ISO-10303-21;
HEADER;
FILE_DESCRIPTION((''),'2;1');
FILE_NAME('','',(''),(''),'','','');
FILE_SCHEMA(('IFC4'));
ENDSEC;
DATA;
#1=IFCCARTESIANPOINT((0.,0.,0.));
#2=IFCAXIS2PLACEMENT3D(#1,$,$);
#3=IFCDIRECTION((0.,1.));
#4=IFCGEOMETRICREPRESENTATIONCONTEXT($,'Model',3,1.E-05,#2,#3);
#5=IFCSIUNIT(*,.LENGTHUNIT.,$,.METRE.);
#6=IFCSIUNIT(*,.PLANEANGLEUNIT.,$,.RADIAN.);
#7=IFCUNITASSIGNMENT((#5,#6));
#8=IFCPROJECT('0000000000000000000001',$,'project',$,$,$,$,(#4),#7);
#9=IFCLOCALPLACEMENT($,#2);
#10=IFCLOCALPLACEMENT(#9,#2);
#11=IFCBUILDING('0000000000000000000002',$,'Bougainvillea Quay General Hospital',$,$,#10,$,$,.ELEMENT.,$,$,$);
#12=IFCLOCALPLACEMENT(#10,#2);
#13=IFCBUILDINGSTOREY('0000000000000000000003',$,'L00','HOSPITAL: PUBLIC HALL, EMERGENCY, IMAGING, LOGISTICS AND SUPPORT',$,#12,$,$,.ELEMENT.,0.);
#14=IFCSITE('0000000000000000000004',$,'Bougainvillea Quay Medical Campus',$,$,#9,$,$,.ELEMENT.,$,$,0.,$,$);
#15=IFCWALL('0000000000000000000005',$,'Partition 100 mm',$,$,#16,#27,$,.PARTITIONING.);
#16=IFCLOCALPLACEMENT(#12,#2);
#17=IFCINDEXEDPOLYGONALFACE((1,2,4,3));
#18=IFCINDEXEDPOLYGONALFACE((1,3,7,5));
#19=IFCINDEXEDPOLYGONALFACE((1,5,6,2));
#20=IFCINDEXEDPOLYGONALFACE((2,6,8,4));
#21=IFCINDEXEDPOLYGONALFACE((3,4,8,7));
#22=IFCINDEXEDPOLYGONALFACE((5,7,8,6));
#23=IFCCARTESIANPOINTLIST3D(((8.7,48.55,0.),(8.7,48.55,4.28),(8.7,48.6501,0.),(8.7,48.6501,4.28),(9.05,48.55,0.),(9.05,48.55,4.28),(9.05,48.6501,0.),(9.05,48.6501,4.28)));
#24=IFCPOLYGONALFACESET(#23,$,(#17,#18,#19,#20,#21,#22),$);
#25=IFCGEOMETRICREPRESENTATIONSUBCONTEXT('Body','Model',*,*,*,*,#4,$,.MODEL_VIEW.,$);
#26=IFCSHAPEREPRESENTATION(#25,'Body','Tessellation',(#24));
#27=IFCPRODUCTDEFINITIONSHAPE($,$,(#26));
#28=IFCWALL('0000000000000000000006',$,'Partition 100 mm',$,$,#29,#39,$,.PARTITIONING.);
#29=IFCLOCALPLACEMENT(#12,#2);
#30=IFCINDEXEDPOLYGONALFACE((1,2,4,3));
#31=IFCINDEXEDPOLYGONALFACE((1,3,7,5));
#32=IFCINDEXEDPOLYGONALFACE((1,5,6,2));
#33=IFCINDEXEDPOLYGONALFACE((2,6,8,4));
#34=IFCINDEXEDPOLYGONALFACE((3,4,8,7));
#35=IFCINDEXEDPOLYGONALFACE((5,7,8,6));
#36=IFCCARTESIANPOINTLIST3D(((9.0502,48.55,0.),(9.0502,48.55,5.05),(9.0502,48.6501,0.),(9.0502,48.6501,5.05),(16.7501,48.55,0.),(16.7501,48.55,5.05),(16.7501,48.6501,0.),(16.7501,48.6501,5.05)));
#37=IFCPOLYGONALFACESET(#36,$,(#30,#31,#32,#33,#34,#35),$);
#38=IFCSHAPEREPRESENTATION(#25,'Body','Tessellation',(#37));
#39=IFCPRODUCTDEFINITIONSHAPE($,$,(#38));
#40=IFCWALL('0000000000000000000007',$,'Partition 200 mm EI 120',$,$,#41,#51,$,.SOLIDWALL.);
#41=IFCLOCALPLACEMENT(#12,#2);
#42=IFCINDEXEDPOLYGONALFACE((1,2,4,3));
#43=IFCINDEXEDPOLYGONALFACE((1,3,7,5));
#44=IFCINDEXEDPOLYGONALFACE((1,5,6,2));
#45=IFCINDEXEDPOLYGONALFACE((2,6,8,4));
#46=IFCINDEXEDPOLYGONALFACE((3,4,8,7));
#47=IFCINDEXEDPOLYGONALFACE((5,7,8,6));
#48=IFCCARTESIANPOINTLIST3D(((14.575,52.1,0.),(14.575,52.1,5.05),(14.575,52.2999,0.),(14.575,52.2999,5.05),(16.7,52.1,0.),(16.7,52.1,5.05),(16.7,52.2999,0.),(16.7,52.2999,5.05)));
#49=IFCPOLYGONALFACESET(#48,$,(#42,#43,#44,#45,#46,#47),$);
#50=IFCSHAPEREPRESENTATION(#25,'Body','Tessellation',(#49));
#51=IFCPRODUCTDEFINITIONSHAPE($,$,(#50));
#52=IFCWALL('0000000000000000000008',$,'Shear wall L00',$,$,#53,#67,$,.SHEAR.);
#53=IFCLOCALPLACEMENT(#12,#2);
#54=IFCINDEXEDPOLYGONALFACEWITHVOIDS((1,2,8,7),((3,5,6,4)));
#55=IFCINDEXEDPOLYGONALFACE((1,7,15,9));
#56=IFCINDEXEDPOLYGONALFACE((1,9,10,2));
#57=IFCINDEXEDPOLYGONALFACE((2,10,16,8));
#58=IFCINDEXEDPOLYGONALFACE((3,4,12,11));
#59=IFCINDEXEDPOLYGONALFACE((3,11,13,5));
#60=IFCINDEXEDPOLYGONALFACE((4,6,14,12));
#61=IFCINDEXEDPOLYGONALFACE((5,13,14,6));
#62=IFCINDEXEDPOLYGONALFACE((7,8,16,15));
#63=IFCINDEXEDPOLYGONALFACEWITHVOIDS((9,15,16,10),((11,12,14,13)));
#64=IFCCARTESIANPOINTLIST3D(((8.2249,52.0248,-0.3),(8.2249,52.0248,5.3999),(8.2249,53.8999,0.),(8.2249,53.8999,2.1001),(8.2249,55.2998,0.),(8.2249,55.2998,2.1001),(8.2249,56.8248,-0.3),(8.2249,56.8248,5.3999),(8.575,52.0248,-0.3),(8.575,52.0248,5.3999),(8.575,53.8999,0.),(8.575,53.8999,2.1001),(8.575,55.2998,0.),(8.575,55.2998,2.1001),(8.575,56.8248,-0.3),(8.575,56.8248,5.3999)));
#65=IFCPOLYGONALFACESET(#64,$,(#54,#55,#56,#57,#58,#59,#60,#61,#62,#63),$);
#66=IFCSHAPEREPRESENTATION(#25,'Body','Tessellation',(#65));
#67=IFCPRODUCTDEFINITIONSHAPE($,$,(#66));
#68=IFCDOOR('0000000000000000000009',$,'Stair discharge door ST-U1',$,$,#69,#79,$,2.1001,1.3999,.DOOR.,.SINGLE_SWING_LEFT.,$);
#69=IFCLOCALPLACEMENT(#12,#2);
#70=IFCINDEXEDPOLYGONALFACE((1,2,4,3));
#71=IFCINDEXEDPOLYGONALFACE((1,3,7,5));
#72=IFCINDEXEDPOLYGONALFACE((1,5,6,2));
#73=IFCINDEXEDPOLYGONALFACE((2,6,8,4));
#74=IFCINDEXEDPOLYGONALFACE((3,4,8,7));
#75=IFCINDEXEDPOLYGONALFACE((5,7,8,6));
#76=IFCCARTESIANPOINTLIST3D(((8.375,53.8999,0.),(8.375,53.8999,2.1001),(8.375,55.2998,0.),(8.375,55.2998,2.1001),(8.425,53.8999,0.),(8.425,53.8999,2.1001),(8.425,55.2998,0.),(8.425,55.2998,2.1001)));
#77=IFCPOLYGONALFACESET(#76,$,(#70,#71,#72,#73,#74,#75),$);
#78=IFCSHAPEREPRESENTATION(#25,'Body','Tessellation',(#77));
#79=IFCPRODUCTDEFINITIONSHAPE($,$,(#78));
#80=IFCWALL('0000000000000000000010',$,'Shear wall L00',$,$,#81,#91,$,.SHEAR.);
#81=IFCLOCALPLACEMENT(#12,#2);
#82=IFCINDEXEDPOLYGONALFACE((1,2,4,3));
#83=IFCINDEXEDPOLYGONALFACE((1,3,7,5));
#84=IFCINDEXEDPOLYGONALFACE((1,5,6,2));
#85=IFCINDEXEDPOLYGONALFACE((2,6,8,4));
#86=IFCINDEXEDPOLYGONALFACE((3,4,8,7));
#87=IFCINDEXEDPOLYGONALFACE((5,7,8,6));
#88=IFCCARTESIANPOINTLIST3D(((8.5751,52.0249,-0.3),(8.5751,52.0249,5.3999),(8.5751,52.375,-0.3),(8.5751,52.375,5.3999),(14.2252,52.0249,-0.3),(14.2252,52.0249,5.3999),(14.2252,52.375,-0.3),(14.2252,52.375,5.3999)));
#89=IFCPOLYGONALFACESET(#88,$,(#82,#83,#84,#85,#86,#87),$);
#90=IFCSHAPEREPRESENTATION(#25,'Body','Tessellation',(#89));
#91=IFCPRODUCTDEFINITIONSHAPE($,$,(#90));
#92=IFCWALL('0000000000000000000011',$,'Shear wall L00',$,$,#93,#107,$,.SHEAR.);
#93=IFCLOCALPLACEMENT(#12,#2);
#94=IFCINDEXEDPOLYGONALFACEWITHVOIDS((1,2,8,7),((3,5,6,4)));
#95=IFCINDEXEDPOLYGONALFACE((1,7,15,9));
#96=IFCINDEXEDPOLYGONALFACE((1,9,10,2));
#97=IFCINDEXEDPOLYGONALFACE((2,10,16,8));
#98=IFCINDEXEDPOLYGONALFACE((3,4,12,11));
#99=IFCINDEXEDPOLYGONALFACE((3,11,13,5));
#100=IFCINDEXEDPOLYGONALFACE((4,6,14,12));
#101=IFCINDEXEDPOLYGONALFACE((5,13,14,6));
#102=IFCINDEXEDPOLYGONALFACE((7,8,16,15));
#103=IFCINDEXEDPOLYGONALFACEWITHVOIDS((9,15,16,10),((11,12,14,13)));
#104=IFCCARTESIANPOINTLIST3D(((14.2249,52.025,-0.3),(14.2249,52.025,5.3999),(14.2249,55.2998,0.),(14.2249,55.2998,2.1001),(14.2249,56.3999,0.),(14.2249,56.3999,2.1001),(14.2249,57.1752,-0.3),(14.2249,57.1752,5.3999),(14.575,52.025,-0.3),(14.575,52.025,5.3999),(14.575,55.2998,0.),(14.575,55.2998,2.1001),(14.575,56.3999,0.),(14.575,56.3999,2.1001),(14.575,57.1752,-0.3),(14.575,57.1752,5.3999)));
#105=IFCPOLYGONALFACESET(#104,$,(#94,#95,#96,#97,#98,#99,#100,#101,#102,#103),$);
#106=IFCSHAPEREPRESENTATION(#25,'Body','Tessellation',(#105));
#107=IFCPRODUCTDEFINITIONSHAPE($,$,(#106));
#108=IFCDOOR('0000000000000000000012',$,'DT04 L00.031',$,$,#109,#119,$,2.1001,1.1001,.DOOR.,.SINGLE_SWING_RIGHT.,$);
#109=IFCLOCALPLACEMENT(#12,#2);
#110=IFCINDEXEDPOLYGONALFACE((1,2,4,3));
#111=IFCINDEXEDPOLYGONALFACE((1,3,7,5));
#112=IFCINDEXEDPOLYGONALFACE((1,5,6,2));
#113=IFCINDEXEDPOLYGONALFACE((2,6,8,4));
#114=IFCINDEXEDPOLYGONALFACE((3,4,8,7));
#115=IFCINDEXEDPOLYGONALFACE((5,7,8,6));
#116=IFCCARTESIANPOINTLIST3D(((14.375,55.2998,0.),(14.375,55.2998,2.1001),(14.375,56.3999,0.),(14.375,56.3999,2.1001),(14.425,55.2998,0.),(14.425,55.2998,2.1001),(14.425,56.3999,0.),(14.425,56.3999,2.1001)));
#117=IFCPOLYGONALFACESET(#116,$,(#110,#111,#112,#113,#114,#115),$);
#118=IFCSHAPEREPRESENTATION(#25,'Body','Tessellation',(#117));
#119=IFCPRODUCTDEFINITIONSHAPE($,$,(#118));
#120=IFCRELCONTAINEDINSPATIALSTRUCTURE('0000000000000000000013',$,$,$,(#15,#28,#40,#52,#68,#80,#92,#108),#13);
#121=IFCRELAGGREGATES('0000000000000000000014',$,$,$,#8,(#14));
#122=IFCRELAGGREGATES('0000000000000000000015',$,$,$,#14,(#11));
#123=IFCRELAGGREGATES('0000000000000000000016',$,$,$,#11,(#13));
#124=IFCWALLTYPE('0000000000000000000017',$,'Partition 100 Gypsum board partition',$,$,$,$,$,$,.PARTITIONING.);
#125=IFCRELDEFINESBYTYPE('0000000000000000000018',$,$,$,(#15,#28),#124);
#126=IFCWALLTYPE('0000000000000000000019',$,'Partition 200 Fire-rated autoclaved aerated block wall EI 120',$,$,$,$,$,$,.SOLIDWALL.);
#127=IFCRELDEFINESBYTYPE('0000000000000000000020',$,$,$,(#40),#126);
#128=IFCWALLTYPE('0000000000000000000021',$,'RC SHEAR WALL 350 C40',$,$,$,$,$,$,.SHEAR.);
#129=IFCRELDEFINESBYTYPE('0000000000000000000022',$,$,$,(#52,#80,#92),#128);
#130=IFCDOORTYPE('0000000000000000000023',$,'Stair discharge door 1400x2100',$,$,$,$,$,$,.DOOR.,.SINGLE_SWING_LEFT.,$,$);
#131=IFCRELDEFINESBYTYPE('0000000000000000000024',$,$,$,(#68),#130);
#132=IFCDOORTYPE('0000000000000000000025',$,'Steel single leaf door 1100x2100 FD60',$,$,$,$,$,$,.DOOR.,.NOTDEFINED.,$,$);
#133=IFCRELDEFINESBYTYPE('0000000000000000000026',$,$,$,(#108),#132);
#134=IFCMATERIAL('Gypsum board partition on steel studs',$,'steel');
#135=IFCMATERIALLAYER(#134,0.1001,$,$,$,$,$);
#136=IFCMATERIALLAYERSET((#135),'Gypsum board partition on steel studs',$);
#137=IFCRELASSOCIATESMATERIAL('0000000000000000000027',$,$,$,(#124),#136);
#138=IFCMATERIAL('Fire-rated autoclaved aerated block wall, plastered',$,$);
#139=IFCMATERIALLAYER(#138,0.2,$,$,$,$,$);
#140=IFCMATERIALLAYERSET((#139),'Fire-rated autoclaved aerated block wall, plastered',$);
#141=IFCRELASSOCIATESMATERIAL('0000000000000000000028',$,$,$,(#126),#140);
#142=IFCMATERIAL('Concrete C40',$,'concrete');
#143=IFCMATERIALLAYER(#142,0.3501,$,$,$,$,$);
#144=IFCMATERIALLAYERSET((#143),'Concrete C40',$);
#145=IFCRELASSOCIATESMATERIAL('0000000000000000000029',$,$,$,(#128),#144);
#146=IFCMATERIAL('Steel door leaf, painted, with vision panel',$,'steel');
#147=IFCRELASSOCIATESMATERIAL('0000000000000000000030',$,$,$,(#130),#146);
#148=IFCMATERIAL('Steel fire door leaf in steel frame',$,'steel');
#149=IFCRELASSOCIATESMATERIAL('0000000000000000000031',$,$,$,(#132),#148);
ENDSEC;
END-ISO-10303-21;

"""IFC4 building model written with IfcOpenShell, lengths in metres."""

from ifc_helpers import new_model, si_unit, direction, frame, frame_2d, origin, place, context, subcontext, project, spatial, rectangle, extrude, material, layer, layer_set, type_object, element, fill, save


model = new_model("IFC4")

# Units and contexts
model_context = context("Model", 3, precision=1e-05, world=origin(), true_north=direction((0.0, 1.0)))
body_context = subcontext(model_context, "Body", "Model", "MODEL_VIEW")
ifc_project = project(units=[si_unit("LENGTHUNIT", "METRE"), si_unit("PLANEANGLEUNIT", "RADIAN")], contexts=[model_context])

# Site, building, storey
site_placement = place(None, origin())
site = spatial("IfcSite", under=ifc_project, at=site_placement, Name="Bougainvillea Quay Medical Campus", CompositionType="ELEMENT", RefElevation=0.0)
building_placement = place(site_placement, origin())
building = spatial("IfcBuilding", under=site, at=building_placement, Name="Bougainvillea Quay General Hospital", CompositionType="ELEMENT")
storey_placement = place(building_placement, origin())
storey = spatial("IfcBuildingStorey", under=building, at=storey_placement, Name="L00", Description="HOSPITAL: PUBLIC HALL, EMERGENCY, IMAGING, LOGISTICS AND SUPPORT", CompositionType="ELEMENT", Elevation=0.0)

# Walls
ifc_material_1 = material(Name="Gypsum board partition on steel studs", Category="steel")
ifc_layer_1 = layer(ifc_material_1, 0.1001)
ifc_layer_set_1 = layer_set([ifc_layer_1], Name="Gypsum board partition on steel studs")
wall_type_1 = type_object("IfcWallType", Name="Partition 100 Gypsum board partition", PredefinedType="PARTITIONING", material=ifc_layer_set_1)
wall_1_placement = place(storey_placement, frame((8.7, 48.6001, 0.0), z_axis=(0.0, 0.0, 1.0), x_axis=(1.0, 0.0, 0.0)))
element("IfcWall", 1, at=wall_1_placement, inside=storey, type_object=wall_type_1, Name="Partition 100 mm", PredefinedType="PARTITIONING", context=body_context, shape_type="SweptSolid", body=[
    extrude(rectangle(XDim=0.3501, YDim=0.1001, at=frame_2d((0.175, 0.0))), origin(), (0.0, 0.0, 1.0), 4.28),
])
wall_2_placement = place(storey_placement, frame((9.05, 48.6001, 0.0), z_axis=(0.0, 0.0, 1.0), x_axis=(1.0, 0.0, 0.0)))
element("IfcWall", 2, at=wall_2_placement, inside=storey, type_object=wall_type_1, Name="Partition 100 mm", PredefinedType="PARTITIONING", context=body_context, shape_type="SweptSolid", body=[
    extrude(rectangle(XDim=7.7, YDim=0.1001, at=frame_2d((3.8501, 0.0))), origin(), (0.0, 0.0, 1.0), 5.05),
])
ifc_material_2 = material(Name="Fire-rated autoclaved aerated block wall, plastered")
ifc_layer_2 = layer(ifc_material_2, 0.2)
ifc_layer_set_2 = layer_set([ifc_layer_2], Name="Fire-rated autoclaved aerated block wall, plastered")
wall_type_2 = type_object("IfcWallType", Name="Partition 200 Fire-rated autoclaved aerated block wall EI 120", PredefinedType="SOLIDWALL", material=ifc_layer_set_2)
wall_3_placement = place(storey_placement, frame((14.575, 52.2, 0.0), z_axis=(0.0, 0.0, 1.0), x_axis=(1.0, 0.0, 0.0)))
element("IfcWall", 3, at=wall_3_placement, inside=storey, type_object=wall_type_2, Name="Partition 200 mm EI 120", PredefinedType="SOLIDWALL", context=body_context, shape_type="SweptSolid", body=[
    extrude(rectangle(XDim=2.125, YDim=0.2, at=frame_2d((1.0625, 0.0))), origin(), (0.0, 0.0, 1.0), 5.05),
])

# Wall, opening, door
ifc_material_3 = material(Name="Concrete C40", Category="concrete")
ifc_layer_3 = layer(ifc_material_3, 0.3501)
ifc_layer_set_3 = layer_set([ifc_layer_3], Name="Concrete C40")
wall_type_3 = type_object("IfcWallType", Name="RC SHEAR WALL 350 C40", PredefinedType="SHEAR", material=ifc_layer_set_3)
wall_4_placement = place(storey_placement, frame((8.3999, 52.0249, -0.3), z_axis=(0.0, 0.0, 1.0), x_axis=(0.0, 1.0, 0.0)))
wall_4 = element("IfcWall", 4, at=wall_4_placement, inside=storey, type_object=wall_type_3, Name="Shear wall L00", PredefinedType="SHEAR", context=body_context, shape_type="SweptSolid", body=[
    extrude(rectangle(XDim=4.8, YDim=0.3501, at=frame_2d((2.3999, 0.0))), origin(), (0.0, 0.0, 1.0), 5.7),
])
opening_1_placement = place(wall_4_placement, frame((1.875, 0.0, 0.3)))
opening_1 = element("IfcOpeningElement", 5, at=opening_1_placement, cuts=wall_4, PredefinedType="OPENING", context=body_context, shape_type="SweptSolid", body=[
    extrude(rectangle(XDim=1.3999, YDim=2.1001, at=frame_2d((0.7, 1.05))), frame((0.0, 0.1851, 0.0), z_axis=(0.0, -1.0, 0.0), x_axis=(1.0, 0.0, 0.0)), (0.0, 0.0, 1.0), 0.3701),
])
ifc_material_4 = material(Name="Steel door leaf, painted, with vision panel", Category="steel")
door_type_1 = type_object("IfcDoorType", Name="Stair discharge door 1400x2100", OperationType="SINGLE_SWING_LEFT", PredefinedType="DOOR", material=ifc_material_4)
door_1_placement = place(opening_1_placement, origin())
door_1 = element("IfcDoor", 6, at=door_1_placement, inside=storey, type_object=door_type_1, Name="Stair discharge door ST-U1", OperationType="SINGLE_SWING_LEFT", OverallHeight=2.1001, OverallWidth=1.3999, PredefinedType="DOOR", context=body_context, shape_type="SweptSolid", body=[
    extrude(rectangle(XDim=1.3999, YDim=2.1001, at=frame_2d((0.7, 1.05))), frame((0.0, 0.0249, 0.0), z_axis=(0.0, -1.0, 0.0), x_axis=(1.0, 0.0, 0.0)), (0.0, 0.0, 1.0), 0.05),
])
fill(opening_1, door_1)

# Wall
wall_5_placement = place(storey_placement, frame((8.575, 52.2, -0.3), z_axis=(0.0, 0.0, 1.0), x_axis=(1.0, 0.0, 0.0)))
element("IfcWall", 7, at=wall_5_placement, inside=storey, type_object=wall_type_3, Name="Shear wall L00", PredefinedType="SHEAR", context=body_context, shape_type="SweptSolid", body=[
    extrude(rectangle(XDim=5.6501, YDim=0.3501, at=frame_2d((2.8252, 0.0))), origin(), (0.0, 0.0, 1.0), 5.7),
])

# Wall, opening, door
wall_6_placement = place(storey_placement, frame((14.3999, 52.0249, -0.3), z_axis=(0.0, 0.0, 1.0), x_axis=(0.0, 1.0, 0.0)))
wall_6 = element("IfcWall", 8, at=wall_6_placement, inside=storey, type_object=wall_type_3, Name="Shear wall L00", PredefinedType="SHEAR", context=body_context, shape_type="SweptSolid", body=[
    extrude(rectangle(XDim=5.1501, YDim=0.3501, at=frame_2d((2.5752, 0.0))), origin(), (0.0, 0.0, 1.0), 5.7),
])
opening_2_placement = place(wall_6_placement, frame((3.2749, 0.0, 0.3)))
opening_2 = element("IfcOpeningElement", 9, at=opening_2_placement, cuts=wall_6, PredefinedType="OPENING", context=body_context, shape_type="SweptSolid", body=[
    extrude(rectangle(XDim=1.1001, YDim=2.1001, at=frame_2d((0.55, 1.05))), frame((0.0, 0.1851, 0.0), z_axis=(0.0, -1.0, 0.0), x_axis=(1.0, 0.0, 0.0)), (0.0, 0.0, 1.0), 0.3701),
])
ifc_material_5 = material(Name="Steel fire door leaf in steel frame", Category="steel")
door_type_2 = type_object("IfcDoorType", Name="Steel single leaf door 1100x2100 FD60", OperationType="NOTDEFINED", PredefinedType="DOOR", material=ifc_material_5)
door_2_placement = place(opening_2_placement, origin())
door_2 = element("IfcDoor", 10, at=door_2_placement, inside=storey, type_object=door_type_2, Name="DT04 L00.031", OperationType="SINGLE_SWING_RIGHT", OverallHeight=2.1001, OverallWidth=1.1001, PredefinedType="DOOR", context=body_context, shape_type="SweptSolid", body=[
    extrude(rectangle(XDim=1.1001, YDim=2.1001, at=frame_2d((0.55, 1.05))), frame((0.0, 0.0249, 0.0), z_axis=(0.0, -1.0, 0.0), x_axis=(1.0, 0.0, 0.0)), (0.0, 0.0, 1.0), 0.05),
])
fill(opening_2, door_2)

save(model, "model.ifc")
